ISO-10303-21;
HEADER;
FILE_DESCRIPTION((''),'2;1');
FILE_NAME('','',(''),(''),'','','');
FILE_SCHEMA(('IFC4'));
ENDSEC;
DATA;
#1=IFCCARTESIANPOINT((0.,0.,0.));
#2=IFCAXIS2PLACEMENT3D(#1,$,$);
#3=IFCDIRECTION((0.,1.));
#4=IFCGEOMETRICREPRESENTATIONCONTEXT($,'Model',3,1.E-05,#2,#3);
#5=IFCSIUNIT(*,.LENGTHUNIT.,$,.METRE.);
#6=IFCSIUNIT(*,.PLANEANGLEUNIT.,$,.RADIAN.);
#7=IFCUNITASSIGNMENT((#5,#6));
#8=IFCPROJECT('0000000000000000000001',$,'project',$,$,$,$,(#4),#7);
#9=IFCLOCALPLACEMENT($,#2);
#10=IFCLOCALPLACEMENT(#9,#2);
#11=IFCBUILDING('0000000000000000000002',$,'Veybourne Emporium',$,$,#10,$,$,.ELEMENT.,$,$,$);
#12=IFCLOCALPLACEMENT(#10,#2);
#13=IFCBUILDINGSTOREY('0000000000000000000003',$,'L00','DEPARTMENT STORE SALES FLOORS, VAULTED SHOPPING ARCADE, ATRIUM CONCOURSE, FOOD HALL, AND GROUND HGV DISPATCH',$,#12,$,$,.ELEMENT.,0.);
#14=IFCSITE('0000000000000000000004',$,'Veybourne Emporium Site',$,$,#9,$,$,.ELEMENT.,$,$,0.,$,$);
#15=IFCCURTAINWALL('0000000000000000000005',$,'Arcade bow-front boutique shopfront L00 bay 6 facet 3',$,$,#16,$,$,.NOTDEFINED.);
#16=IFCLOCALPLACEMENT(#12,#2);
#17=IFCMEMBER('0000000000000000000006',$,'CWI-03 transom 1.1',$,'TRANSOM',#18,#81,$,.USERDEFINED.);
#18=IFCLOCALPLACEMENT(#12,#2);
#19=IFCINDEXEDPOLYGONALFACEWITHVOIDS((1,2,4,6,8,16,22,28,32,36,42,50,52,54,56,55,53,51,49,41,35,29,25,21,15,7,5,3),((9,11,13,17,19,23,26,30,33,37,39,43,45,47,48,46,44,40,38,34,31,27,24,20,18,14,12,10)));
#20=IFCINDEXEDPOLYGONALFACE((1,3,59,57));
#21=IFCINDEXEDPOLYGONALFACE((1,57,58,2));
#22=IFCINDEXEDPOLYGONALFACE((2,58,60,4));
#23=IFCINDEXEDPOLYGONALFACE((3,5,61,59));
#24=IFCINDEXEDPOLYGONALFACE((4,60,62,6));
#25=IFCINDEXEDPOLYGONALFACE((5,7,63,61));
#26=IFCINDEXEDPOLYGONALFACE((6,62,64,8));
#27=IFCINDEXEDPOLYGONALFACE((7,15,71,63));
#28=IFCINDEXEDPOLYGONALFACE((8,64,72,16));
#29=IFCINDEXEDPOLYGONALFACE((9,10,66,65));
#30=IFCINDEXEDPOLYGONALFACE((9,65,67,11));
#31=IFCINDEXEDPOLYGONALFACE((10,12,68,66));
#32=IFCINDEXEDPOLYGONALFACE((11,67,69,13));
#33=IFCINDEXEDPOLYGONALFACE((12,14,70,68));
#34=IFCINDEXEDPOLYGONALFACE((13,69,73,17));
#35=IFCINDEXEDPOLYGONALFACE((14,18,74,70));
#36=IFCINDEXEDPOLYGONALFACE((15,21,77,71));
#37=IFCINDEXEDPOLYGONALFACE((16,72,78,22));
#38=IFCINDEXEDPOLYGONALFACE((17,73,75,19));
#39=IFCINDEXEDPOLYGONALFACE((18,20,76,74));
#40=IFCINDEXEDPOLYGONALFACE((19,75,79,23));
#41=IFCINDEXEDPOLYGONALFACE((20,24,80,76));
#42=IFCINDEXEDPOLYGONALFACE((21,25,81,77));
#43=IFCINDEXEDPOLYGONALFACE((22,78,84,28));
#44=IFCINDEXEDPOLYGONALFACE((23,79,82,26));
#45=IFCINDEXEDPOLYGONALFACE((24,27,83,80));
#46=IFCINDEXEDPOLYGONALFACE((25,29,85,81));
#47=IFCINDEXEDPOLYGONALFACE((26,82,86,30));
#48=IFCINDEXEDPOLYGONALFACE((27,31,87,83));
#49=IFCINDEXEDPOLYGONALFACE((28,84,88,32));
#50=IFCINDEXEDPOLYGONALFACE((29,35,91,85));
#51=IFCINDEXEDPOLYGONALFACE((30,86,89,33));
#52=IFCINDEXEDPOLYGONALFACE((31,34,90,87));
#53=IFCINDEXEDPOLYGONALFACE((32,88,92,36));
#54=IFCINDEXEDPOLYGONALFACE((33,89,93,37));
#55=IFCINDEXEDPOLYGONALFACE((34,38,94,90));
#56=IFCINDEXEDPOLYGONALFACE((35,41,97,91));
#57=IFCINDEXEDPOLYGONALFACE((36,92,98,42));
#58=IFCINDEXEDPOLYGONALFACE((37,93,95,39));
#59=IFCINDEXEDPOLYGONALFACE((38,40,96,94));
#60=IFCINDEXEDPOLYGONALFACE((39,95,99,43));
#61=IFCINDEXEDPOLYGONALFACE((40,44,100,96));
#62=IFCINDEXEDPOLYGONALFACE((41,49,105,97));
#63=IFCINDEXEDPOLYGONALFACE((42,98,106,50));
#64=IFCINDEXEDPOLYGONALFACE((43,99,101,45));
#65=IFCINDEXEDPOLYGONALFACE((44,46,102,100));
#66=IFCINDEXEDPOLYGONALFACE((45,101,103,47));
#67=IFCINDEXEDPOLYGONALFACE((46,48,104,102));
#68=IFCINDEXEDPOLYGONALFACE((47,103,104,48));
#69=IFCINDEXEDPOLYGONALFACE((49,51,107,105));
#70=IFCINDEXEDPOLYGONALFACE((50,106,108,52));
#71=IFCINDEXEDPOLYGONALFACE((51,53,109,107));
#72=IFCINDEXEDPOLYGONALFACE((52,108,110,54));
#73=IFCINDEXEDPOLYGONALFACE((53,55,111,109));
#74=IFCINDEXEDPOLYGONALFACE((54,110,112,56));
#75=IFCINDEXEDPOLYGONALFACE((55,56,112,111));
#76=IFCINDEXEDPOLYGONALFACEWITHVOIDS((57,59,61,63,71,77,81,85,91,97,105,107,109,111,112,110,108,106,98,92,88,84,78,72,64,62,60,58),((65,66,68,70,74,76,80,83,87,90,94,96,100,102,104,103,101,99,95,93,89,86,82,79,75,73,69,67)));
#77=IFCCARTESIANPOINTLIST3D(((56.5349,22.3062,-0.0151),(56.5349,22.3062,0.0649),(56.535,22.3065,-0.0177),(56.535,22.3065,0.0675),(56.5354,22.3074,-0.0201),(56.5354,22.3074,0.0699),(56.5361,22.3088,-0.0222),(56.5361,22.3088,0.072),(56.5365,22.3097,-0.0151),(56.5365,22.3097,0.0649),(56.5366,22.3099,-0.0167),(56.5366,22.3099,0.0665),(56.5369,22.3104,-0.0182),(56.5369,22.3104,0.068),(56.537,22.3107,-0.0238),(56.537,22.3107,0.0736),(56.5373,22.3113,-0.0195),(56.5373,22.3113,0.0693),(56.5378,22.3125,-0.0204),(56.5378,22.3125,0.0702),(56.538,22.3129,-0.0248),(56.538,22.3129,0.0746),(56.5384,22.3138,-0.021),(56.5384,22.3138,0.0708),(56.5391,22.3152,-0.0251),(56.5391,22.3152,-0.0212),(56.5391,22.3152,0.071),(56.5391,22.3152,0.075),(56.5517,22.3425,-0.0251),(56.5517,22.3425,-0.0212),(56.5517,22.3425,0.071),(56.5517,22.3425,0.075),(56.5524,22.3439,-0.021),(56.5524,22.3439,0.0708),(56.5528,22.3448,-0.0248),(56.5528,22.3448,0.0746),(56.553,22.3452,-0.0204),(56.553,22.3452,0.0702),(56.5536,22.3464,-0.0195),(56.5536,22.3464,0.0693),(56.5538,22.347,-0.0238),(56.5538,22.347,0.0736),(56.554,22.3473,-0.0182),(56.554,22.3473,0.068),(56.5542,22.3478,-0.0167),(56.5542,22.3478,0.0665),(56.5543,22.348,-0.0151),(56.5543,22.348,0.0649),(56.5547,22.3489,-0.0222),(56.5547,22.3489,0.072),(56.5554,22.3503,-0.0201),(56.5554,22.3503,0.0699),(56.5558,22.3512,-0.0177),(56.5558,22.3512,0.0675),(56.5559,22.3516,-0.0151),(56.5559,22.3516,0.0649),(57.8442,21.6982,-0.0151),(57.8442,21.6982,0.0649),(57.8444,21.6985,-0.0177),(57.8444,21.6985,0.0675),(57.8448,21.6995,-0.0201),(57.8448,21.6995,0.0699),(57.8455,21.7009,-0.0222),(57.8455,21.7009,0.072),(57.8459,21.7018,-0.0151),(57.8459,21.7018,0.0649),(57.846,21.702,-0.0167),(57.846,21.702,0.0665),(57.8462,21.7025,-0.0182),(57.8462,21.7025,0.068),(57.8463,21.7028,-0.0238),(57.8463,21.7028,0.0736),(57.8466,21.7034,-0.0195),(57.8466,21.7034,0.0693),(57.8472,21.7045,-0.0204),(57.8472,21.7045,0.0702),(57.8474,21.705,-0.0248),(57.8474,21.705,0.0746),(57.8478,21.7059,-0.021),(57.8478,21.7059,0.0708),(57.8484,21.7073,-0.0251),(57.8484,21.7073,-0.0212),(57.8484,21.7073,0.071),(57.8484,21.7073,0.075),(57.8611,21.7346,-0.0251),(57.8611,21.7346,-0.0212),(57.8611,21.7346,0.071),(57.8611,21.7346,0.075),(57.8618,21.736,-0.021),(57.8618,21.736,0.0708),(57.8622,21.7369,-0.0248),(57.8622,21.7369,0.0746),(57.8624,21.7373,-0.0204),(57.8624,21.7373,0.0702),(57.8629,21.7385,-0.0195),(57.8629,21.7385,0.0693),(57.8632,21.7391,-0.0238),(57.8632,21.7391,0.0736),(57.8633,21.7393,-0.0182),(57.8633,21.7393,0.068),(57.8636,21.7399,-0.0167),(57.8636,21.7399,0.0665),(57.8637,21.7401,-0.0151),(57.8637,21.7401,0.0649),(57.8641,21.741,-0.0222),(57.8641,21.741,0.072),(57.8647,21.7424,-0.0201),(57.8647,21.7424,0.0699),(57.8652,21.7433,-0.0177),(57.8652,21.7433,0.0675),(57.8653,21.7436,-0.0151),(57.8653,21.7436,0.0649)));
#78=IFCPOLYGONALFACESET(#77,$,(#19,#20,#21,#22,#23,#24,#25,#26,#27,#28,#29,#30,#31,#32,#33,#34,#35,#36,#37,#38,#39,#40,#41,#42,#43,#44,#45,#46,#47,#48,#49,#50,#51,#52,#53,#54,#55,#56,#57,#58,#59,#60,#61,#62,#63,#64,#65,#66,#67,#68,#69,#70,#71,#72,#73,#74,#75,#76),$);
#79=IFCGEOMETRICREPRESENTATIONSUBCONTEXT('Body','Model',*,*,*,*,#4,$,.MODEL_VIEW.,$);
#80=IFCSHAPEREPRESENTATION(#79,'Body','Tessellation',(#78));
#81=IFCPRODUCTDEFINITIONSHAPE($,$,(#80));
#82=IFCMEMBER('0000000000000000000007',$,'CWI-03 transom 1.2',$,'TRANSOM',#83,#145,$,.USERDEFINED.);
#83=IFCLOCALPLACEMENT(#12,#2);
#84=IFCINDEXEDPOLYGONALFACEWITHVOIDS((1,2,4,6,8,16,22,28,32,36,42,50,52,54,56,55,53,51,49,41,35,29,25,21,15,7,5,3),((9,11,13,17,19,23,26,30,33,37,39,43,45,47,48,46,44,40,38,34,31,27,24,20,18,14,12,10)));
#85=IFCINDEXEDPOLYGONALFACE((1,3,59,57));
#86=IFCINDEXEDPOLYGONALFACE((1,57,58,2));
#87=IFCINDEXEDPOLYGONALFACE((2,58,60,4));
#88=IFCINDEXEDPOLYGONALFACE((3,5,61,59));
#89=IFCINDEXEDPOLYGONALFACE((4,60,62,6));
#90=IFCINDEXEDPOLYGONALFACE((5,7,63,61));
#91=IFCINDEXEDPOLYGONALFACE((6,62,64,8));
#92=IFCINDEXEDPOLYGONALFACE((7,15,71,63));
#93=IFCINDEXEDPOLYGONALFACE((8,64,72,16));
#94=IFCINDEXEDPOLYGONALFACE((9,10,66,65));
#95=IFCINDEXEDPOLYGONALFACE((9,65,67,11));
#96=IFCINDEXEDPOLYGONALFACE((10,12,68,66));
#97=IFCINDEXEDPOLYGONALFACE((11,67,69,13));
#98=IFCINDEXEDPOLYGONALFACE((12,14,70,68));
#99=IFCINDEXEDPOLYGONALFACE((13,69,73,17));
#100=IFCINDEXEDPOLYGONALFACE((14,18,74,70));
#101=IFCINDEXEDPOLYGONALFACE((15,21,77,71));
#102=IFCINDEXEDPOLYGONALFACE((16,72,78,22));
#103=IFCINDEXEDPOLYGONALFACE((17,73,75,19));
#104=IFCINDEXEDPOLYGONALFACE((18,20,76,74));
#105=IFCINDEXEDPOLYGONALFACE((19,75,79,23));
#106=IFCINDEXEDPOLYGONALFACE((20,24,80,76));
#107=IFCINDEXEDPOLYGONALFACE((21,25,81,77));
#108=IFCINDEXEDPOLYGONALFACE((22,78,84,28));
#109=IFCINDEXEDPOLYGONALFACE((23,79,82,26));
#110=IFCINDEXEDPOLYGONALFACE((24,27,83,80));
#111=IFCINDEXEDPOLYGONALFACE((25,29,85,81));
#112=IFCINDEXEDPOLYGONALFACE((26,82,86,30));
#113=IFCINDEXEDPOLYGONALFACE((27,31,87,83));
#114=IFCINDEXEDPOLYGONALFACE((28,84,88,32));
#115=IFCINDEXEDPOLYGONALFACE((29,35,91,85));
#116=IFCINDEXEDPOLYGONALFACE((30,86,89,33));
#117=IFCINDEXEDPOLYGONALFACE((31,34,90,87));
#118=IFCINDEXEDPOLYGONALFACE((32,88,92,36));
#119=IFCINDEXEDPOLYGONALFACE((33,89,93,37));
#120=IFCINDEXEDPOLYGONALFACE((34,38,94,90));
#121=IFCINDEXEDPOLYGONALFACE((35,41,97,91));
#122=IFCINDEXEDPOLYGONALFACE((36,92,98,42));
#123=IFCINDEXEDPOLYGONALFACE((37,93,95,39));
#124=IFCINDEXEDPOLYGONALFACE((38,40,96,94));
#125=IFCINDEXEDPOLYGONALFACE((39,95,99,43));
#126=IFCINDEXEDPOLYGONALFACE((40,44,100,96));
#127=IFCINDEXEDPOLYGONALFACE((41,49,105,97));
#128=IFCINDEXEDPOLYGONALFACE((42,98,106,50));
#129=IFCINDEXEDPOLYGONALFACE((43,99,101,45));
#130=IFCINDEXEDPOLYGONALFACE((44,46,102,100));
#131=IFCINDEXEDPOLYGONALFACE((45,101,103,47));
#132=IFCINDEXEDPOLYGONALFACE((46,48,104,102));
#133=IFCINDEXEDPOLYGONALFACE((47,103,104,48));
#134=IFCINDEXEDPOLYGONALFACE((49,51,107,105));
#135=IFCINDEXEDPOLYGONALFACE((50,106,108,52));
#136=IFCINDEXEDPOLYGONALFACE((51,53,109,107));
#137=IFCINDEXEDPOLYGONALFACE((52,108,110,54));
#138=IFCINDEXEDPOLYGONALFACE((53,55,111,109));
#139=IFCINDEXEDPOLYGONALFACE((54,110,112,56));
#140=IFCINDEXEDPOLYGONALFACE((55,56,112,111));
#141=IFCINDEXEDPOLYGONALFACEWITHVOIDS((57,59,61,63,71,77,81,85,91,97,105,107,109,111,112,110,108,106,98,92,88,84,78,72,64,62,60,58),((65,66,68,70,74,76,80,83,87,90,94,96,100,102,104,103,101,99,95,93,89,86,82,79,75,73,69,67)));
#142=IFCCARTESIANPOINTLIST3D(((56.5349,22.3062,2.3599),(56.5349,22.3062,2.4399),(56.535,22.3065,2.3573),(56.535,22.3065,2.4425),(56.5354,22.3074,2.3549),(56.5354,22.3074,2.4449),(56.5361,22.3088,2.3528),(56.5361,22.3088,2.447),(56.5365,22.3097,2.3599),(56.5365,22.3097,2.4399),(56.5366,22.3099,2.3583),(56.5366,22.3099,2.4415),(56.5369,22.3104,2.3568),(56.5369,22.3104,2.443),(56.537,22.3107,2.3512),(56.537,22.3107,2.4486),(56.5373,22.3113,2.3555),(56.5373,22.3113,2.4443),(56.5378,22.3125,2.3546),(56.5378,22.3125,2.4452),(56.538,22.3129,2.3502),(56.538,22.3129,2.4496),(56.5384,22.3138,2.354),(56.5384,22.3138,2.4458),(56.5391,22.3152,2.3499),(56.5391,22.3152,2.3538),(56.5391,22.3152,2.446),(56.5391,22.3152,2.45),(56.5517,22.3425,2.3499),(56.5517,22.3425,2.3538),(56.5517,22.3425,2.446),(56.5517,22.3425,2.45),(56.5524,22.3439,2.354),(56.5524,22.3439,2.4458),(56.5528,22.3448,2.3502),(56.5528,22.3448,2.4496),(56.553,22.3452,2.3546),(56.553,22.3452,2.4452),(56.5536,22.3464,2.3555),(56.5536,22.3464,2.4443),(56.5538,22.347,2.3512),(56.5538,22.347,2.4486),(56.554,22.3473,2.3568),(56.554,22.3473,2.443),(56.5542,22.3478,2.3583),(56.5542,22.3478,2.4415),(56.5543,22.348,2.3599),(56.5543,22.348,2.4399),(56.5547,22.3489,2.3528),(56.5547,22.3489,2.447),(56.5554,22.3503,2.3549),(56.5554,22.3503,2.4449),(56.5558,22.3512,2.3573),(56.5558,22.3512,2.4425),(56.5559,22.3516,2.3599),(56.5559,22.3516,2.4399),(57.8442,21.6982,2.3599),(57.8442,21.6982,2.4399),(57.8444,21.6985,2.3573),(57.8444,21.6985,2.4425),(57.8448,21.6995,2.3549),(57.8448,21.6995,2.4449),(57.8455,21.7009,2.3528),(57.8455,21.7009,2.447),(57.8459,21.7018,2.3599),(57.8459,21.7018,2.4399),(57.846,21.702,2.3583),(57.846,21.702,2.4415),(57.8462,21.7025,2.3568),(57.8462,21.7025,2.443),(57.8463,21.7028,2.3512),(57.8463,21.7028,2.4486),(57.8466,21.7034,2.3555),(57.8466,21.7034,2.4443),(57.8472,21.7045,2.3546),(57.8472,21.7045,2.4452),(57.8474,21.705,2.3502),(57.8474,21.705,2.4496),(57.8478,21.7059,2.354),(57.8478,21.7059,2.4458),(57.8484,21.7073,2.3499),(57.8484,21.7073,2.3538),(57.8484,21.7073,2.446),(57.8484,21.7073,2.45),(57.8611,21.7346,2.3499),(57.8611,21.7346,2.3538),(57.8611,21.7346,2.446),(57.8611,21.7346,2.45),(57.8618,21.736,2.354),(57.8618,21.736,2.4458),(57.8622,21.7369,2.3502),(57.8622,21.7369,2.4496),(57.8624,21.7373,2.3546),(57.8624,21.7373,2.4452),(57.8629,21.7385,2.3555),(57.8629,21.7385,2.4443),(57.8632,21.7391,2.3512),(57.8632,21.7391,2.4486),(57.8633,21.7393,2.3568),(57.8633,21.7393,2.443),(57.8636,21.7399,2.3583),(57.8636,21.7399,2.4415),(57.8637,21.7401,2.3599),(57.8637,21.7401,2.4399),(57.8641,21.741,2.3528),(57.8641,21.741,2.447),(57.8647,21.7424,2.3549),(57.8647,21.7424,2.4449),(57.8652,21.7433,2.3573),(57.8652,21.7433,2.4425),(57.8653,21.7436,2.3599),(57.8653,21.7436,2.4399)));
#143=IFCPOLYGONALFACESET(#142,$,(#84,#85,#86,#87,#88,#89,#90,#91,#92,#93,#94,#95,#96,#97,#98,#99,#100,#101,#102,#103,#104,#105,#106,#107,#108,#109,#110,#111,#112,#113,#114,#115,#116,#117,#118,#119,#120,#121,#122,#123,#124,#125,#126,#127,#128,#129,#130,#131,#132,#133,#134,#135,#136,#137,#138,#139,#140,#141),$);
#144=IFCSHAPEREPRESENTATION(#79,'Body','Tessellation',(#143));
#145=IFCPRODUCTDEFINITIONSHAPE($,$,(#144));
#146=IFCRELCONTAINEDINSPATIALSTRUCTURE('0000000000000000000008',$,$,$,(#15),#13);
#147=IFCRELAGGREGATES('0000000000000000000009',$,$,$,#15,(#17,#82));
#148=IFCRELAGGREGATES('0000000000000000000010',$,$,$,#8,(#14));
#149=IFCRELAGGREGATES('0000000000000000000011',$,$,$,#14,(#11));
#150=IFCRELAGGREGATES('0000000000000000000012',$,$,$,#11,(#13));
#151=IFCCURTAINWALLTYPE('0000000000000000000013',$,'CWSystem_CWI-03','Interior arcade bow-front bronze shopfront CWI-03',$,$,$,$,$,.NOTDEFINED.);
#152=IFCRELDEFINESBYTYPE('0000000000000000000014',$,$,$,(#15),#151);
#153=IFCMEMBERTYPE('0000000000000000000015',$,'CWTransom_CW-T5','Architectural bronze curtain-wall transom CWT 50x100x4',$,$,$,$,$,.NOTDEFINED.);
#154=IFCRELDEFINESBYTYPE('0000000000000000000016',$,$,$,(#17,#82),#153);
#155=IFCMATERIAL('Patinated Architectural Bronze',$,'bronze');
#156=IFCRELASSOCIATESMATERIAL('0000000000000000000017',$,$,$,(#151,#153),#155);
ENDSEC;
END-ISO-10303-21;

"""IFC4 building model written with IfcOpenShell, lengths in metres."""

from ifc_helpers import new_model, si_unit, direction, frame, origin, origin_2d, place, context, subcontext, project, spatial, hollow_rectangle, extrude, material, material_profile, profile_set, type_object, element, aggregate, save


model = new_model("IFC4")

# Units and contexts
model_context = context("Model", 3, precision=1e-05, world=origin(), true_north=direction((0.0, 1.0)))
body_context = subcontext(model_context, "Body", "Model", "MODEL_VIEW")
ifc_project = project(units=[si_unit("LENGTHUNIT", "METRE"), si_unit("PLANEANGLEUNIT", "RADIAN")], contexts=[model_context])

# Site, building, storey
site_placement = place(None, origin())
site = spatial("IfcSite", under=ifc_project, at=site_placement, Name="Veybourne Emporium Site", CompositionType="ELEMENT", RefElevation=0.0)
building_placement = place(site_placement, origin())
building = spatial("IfcBuilding", under=site, at=building_placement, Name="Veybourne Emporium", CompositionType="ELEMENT")
storey_placement = place(building_placement, origin())
storey = spatial("IfcBuildingStorey", under=building, at=storey_placement, Name="L00", Description="DEPARTMENT STORE SALES FLOORS, VAULTED SHOPPING ARCADE, ATRIUM CONCOURSE, FOOD HALL, AND GROUND HGV DISPATCH", CompositionType="ELEMENT", Elevation=0.0)

# Shared definitions
ifc_material_1 = material(Name="Patinated Architectural Bronze", Category="bronze")

# Curtain wall
curtain_wall_type_1 = type_object("IfcCurtainWallType", Name="CWSystem_CWI-03", Description="Interior arcade bow-front bronze shopfront CWI-03", PredefinedType="NOTDEFINED", material=ifc_material_1)
curtain_wall_1_placement = place(storey_placement, origin())
curtain_wall_1 = element("IfcCurtainWall", 1, at=curtain_wall_1_placement, inside=storey, type_object=curtain_wall_type_1, Name="Arcade bow-front boutique shopfront L00 bay 6 facet 3", PredefinedType="NOTDEFINED")

# Members
ifc_material_profile_1 = material_profile(ifc_material_1, hollow_rectangle(XDim=0.05, YDim=0.1001, WallThickness=0.0039, InnerFilletRadius=0.0061, OuterFilletRadius=0.01, at=origin_2d()), Name="CWT 50x100x4")
ifc_profile_set_1 = profile_set([ifc_material_profile_1], Name="Patinated Architectural Bronze")
member_type_1 = type_object("IfcMemberType", Name="CWTransom_CW-T5", Description="Architectural bronze curtain-wall transom CWT 50x100x4", PredefinedType="NOTDEFINED", material=ifc_profile_set_1)
member_1_placement = place(storey_placement, frame((56.5454, 22.3289, 0.0249), z_axis=(0.907007, -0.421116, 0.0), x_axis=(0.421116, 0.907007, 0.0)))
member_1 = element("IfcMember", 2, at=member_1_placement, type_object=member_type_1, Name="CWI-03 transom 1.1", ObjectType="TRANSOM", PredefinedType="USERDEFINED", context=body_context, shape_type="SweptSolid", body=[
    extrude(hollow_rectangle(XDim=0.05, YDim=0.1001, WallThickness=0.0039, InnerFilletRadius=0.0061, OuterFilletRadius=0.01, at=origin_2d()), origin(), (0.0, 0.0, 1.0), 1.4436),
])
member_2_placement = place(storey_placement, frame((56.5454, 22.3289, 2.3999), z_axis=(0.907007, -0.421116, 0.0), x_axis=(0.421116, 0.907007, 0.0)))
member_2 = element("IfcMember", 3, at=member_2_placement, type_object=member_type_1, Name="CWI-03 transom 1.2", ObjectType="TRANSOM", PredefinedType="USERDEFINED", context=body_context, shape_type="SweptSolid", body=[
    extrude(hollow_rectangle(XDim=0.05, YDim=0.1001, WallThickness=0.0039, InnerFilletRadius=0.0061, OuterFilletRadius=0.01, at=origin_2d()), origin(), (0.0, 0.0, 1.0), 1.4436),
])

aggregate(curtain_wall_1, [member_1, member_2])

save(model, "model.ifc")
